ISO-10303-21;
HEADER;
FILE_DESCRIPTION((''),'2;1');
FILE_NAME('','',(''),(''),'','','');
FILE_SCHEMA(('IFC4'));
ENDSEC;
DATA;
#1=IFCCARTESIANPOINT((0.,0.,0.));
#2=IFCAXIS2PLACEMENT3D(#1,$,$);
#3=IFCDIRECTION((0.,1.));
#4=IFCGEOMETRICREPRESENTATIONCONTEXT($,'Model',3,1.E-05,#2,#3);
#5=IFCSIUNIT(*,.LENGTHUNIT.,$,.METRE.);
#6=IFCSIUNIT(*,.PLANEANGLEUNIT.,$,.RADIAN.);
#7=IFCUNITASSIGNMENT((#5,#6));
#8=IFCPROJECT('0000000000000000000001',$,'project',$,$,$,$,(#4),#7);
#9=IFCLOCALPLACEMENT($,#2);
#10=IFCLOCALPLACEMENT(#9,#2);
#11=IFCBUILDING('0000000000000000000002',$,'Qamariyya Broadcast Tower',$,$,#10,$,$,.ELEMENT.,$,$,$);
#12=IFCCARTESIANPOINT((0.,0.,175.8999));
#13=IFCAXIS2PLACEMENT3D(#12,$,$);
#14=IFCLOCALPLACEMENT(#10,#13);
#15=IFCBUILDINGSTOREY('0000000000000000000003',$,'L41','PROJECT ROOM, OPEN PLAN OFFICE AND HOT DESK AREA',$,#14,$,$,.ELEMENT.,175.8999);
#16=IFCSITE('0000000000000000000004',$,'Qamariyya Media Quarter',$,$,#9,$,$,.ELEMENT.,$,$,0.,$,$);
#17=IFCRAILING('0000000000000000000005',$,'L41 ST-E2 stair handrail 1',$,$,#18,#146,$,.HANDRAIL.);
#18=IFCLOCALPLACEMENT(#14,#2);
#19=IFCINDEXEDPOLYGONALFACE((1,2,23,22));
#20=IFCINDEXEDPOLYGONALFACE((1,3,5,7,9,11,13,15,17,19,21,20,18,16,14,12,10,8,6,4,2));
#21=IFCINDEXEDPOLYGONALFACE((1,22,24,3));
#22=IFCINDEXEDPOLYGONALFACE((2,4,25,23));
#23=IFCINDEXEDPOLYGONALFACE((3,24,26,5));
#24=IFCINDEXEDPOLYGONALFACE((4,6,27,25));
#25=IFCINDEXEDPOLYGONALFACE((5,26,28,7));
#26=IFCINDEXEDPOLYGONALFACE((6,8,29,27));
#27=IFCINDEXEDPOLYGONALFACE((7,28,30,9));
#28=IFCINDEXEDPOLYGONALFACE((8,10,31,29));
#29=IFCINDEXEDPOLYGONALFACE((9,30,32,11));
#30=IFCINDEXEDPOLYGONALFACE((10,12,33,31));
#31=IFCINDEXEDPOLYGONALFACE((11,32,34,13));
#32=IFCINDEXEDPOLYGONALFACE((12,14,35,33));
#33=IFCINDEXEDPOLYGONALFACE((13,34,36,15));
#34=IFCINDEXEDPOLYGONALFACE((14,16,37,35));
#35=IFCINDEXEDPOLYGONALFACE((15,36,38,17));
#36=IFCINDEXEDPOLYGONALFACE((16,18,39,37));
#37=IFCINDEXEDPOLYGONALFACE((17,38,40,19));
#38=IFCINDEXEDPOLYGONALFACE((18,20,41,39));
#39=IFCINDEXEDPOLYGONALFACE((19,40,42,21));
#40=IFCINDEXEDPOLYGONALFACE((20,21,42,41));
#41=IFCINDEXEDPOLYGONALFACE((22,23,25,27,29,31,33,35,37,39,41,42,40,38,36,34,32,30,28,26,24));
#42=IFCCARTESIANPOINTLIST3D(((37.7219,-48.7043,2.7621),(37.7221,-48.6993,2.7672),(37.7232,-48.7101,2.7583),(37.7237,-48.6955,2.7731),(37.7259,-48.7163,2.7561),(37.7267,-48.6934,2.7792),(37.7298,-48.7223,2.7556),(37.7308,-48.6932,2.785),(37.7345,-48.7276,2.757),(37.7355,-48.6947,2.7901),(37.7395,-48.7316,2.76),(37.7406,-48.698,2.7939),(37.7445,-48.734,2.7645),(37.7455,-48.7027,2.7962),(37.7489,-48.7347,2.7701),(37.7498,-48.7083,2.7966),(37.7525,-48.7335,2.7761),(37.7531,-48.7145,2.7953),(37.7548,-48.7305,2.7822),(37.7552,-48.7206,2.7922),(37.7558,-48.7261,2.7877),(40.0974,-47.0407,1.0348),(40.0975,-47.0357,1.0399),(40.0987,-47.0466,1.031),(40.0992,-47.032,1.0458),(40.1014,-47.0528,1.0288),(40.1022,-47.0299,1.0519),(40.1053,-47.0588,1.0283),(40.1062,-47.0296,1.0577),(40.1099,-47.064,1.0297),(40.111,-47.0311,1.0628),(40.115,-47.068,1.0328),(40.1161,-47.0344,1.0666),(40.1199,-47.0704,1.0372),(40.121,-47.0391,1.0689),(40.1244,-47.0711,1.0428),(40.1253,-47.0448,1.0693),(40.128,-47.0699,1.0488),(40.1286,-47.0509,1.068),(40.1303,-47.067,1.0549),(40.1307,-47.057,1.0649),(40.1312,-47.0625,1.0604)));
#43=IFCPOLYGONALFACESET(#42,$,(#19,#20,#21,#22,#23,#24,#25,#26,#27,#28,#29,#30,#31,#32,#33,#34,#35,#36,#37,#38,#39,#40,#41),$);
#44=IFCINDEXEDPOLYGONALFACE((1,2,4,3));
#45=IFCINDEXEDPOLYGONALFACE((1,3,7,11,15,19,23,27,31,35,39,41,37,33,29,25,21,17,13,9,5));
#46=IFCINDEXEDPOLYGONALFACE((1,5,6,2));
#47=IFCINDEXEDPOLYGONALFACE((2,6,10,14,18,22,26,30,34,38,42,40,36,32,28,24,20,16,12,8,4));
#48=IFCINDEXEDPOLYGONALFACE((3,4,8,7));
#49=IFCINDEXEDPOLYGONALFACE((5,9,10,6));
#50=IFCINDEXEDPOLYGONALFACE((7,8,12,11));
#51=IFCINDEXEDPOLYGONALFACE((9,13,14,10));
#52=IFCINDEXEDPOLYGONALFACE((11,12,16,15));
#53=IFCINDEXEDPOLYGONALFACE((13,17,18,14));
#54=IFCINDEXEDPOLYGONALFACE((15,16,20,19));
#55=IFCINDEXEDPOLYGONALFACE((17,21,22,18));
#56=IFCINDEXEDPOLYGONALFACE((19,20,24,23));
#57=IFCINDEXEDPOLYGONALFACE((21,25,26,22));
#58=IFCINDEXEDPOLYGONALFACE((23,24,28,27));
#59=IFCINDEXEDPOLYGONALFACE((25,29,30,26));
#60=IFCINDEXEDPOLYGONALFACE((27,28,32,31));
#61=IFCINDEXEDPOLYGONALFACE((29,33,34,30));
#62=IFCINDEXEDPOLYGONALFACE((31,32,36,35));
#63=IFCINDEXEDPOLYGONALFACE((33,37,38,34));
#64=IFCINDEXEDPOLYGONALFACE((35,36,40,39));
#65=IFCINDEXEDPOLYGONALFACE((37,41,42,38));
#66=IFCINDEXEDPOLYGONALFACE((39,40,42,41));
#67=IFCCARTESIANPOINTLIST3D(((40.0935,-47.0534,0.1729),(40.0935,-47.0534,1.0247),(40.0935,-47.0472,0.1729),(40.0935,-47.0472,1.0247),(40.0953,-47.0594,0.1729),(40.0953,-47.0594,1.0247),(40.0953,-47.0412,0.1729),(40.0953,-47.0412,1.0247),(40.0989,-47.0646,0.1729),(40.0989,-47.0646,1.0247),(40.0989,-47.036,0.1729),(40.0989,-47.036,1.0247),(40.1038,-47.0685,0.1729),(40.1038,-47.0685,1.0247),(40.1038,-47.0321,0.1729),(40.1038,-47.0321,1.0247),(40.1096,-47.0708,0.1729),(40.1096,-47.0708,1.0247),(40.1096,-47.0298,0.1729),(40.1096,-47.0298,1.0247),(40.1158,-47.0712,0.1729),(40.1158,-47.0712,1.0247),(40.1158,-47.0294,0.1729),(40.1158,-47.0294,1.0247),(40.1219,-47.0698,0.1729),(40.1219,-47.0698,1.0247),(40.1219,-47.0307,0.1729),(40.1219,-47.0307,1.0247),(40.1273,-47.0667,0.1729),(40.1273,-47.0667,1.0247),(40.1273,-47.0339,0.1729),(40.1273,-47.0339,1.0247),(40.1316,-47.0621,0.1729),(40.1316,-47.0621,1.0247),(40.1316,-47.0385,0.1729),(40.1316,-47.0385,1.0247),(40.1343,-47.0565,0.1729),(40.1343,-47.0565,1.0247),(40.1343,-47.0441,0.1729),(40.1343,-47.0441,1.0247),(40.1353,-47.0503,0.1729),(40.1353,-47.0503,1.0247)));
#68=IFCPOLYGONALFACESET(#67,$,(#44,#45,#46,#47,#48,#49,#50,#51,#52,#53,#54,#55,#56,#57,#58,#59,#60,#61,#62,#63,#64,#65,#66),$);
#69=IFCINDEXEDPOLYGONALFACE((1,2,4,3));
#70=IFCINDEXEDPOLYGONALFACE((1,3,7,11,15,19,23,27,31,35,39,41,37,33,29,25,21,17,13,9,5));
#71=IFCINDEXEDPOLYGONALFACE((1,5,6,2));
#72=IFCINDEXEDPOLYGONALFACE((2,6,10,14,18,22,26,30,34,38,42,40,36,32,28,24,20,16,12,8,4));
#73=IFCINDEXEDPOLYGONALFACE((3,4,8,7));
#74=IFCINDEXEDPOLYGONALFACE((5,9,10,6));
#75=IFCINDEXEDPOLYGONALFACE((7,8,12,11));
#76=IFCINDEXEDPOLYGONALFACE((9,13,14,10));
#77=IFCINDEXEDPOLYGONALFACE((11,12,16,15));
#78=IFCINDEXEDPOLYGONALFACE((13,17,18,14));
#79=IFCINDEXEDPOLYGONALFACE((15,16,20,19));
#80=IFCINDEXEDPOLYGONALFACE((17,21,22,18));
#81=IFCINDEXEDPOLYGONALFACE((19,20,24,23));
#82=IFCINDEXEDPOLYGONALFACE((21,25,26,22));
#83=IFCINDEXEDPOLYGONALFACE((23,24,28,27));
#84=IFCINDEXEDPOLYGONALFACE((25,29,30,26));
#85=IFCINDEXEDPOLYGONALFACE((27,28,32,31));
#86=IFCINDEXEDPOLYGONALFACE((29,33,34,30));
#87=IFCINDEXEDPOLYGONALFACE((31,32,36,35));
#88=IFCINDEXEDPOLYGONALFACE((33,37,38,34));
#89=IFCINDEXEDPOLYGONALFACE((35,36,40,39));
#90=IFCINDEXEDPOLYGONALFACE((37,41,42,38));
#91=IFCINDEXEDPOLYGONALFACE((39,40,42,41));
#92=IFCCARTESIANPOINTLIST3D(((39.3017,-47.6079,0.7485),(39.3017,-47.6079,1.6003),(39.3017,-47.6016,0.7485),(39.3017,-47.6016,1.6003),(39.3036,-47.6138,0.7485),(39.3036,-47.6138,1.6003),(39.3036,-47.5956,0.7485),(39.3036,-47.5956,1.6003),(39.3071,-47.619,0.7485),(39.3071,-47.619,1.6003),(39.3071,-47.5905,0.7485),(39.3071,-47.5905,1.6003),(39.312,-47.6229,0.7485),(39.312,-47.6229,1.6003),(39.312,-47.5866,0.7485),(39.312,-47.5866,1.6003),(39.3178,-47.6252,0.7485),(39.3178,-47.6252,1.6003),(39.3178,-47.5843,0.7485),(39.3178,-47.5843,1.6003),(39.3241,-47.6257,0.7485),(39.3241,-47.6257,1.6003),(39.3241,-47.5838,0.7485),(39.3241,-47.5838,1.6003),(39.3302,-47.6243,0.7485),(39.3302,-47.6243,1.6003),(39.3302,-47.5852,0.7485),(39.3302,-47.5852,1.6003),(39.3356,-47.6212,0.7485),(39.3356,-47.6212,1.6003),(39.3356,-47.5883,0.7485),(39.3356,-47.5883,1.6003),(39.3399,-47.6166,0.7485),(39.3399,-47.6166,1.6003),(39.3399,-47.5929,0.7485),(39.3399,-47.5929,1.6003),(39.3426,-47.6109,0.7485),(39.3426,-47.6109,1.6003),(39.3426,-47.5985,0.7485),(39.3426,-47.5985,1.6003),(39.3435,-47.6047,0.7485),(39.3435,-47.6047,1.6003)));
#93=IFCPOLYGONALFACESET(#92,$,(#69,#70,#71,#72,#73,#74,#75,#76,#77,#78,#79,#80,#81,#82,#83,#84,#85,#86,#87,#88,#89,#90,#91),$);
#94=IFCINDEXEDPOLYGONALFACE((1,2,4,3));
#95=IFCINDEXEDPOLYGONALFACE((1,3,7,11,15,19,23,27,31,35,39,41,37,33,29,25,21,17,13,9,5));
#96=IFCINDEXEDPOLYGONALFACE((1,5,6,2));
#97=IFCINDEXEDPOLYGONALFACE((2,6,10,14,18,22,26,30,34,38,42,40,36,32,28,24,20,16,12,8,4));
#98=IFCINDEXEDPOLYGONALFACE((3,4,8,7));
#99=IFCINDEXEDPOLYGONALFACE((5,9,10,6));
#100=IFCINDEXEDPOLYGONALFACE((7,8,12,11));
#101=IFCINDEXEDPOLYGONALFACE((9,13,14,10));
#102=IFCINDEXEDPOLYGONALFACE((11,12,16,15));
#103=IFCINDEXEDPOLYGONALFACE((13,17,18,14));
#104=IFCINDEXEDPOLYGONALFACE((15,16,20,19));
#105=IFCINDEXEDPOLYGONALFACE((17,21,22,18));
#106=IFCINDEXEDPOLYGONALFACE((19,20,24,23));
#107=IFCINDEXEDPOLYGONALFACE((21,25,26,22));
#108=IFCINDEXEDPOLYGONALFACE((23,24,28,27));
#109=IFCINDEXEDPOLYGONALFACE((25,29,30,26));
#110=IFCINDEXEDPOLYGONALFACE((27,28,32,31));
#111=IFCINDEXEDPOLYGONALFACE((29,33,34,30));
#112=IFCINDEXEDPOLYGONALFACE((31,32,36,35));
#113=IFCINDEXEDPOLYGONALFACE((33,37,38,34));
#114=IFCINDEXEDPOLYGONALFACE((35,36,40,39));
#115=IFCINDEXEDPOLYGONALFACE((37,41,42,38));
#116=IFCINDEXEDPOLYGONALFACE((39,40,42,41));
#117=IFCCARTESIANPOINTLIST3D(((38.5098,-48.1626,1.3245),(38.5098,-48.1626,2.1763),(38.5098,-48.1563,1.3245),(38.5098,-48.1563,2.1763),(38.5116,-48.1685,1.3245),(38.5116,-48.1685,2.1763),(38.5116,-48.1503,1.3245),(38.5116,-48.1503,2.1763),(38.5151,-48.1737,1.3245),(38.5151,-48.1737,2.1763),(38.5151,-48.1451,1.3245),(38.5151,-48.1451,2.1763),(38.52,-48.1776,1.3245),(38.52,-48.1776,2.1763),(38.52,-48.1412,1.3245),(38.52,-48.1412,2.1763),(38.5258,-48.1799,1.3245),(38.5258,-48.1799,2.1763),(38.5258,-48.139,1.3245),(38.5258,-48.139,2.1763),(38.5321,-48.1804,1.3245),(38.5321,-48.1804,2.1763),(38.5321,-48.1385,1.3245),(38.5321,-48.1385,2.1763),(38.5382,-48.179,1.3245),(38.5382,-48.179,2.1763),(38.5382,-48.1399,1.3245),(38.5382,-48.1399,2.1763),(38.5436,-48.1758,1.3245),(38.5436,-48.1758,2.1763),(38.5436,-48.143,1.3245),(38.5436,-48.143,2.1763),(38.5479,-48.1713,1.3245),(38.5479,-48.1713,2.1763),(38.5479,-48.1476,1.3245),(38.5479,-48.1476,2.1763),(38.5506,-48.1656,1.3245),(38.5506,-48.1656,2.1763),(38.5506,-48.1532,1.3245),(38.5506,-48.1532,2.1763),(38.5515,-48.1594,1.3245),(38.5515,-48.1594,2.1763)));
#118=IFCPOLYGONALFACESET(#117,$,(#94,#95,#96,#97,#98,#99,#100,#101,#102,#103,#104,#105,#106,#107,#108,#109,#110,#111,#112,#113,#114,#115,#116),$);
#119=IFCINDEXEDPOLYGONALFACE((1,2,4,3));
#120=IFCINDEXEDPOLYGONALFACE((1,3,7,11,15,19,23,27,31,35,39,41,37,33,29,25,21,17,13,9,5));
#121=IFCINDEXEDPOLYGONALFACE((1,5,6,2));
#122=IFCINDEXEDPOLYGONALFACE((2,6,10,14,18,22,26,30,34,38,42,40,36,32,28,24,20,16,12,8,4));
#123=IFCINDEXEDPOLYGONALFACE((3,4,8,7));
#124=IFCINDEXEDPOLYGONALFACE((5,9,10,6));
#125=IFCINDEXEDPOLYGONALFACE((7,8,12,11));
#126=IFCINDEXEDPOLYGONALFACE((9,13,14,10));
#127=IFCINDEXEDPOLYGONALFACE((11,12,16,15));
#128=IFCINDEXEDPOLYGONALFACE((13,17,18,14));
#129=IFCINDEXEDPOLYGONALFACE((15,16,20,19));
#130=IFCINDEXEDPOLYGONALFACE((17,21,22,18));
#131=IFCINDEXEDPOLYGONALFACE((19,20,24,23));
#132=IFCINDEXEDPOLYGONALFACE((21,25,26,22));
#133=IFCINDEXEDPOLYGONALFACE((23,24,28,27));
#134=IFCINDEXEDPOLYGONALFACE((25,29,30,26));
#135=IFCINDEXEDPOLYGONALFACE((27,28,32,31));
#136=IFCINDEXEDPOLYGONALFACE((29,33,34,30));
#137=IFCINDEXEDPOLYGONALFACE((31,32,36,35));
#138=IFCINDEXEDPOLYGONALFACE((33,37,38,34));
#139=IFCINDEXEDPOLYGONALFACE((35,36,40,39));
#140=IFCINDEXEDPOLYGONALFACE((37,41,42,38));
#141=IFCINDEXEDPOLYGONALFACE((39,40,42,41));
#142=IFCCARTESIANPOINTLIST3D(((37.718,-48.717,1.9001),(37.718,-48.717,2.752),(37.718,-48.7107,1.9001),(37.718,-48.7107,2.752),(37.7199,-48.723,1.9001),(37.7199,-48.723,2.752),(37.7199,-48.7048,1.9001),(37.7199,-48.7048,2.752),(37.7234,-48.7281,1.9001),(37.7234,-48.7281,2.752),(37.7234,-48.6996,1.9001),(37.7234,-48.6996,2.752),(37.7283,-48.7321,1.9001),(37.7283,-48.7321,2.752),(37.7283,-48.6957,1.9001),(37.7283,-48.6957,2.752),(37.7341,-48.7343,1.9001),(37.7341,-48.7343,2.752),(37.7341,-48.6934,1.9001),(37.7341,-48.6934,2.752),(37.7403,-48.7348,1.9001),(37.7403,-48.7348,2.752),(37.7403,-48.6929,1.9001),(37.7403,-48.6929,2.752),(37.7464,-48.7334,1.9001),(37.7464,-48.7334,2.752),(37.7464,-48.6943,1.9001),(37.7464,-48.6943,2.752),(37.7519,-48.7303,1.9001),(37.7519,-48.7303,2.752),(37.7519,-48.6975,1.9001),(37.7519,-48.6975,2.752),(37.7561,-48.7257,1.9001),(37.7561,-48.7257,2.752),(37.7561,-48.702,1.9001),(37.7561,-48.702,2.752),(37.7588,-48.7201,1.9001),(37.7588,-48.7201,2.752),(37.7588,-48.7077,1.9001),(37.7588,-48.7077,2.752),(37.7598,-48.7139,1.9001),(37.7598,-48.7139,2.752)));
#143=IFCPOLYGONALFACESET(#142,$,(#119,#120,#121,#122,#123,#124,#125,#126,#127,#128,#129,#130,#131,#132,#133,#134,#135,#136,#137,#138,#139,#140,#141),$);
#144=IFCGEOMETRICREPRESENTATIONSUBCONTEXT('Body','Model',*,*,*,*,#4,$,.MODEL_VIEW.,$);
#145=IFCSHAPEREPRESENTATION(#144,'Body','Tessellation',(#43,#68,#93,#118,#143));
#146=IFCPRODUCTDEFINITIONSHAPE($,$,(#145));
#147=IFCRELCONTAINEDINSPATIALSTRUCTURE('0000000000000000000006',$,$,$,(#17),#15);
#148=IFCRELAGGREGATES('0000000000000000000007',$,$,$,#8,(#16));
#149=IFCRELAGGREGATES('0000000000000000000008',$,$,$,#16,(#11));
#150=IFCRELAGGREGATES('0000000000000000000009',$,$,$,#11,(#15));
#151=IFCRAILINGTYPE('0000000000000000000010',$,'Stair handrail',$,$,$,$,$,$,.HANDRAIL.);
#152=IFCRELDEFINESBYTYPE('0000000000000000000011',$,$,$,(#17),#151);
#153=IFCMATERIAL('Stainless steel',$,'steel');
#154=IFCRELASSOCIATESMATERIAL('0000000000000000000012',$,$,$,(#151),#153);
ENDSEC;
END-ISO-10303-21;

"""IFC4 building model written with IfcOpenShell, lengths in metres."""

from ifc_helpers import new_model, si_unit, direction, frame, origin, origin_2d, place, context, subcontext, project, spatial, circle, extrude, material, type_object, element, save


model = new_model("IFC4")

# Units and contexts
model_context = context("Model", 3, precision=1e-05, world=origin(), true_north=direction((0.0, 1.0)))
body_context = subcontext(model_context, "Body", "Model", "MODEL_VIEW")
ifc_project = project(units=[si_unit("LENGTHUNIT", "METRE"), si_unit("PLANEANGLEUNIT", "RADIAN")], contexts=[model_context])

# Site, building, storey
site_placement = place(None, origin())
site = spatial("IfcSite", under=ifc_project, at=site_placement, Name="Qamariyya Media Quarter", CompositionType="ELEMENT", RefElevation=0.0)
building_placement = place(site_placement, origin())
building = spatial("IfcBuilding", under=site, at=building_placement, Name="Qamariyya Broadcast Tower", CompositionType="ELEMENT")
storey_placement = place(building_placement, frame((0.0, 0.0, 175.8999)))
storey = spatial("IfcBuildingStorey", under=building, at=storey_placement, Name="L41", Description="PROJECT ROOM, OPEN PLAN OFFICE AND HOT DESK AREA", CompositionType="ELEMENT", Elevation=175.8999)

# Railing
ifc_material_1 = material(Name="Stainless steel", Category="steel")
railing_type_1 = type_object("IfcRailingType", Name="Stair handrail", PredefinedType="HANDRAIL", material=ifc_material_1)
railing_1_placement = place(storey_placement, frame((40.1143, -47.0503, 0.1729)))
element("IfcRailing", 1, at=railing_1_placement, inside=storey, type_object=railing_type_1, Name="L41 ST-E2 stair handrail 1", PredefinedType="HANDRAIL", context=body_context, shape_type="SweptSolid", body=[
    extrude(circle(Radius=0.0239, at=origin_2d()), frame((0.0, 0.0, 0.876), z_axis=(-0.703745, -0.492838, 0.511716), x_axis=(0.573632, -0.819113, 0.0)), (0.0, 0.0, 1.0), 3.3755),
    extrude(circle(Radius=0.021, at=origin_2d()), origin(), (0.0, 0.0, 1.0), 0.8518),
    extrude(circle(Radius=0.021, at=origin_2d()), frame((-0.7917, -0.5544, 0.5757)), (0.0, 0.0, 1.0), 0.8518),
    extrude(circle(Radius=0.021, at=origin_2d()), frame((-1.5837, -1.1091, 1.1516)), (0.0, 0.0, 1.0), 0.8518),
    extrude(circle(Radius=0.021, at=origin_2d()), frame((-2.3755, -1.6636, 1.7273)), (0.0, 0.0, 1.0), 0.8518),
])

save(model, "model.ifc")
